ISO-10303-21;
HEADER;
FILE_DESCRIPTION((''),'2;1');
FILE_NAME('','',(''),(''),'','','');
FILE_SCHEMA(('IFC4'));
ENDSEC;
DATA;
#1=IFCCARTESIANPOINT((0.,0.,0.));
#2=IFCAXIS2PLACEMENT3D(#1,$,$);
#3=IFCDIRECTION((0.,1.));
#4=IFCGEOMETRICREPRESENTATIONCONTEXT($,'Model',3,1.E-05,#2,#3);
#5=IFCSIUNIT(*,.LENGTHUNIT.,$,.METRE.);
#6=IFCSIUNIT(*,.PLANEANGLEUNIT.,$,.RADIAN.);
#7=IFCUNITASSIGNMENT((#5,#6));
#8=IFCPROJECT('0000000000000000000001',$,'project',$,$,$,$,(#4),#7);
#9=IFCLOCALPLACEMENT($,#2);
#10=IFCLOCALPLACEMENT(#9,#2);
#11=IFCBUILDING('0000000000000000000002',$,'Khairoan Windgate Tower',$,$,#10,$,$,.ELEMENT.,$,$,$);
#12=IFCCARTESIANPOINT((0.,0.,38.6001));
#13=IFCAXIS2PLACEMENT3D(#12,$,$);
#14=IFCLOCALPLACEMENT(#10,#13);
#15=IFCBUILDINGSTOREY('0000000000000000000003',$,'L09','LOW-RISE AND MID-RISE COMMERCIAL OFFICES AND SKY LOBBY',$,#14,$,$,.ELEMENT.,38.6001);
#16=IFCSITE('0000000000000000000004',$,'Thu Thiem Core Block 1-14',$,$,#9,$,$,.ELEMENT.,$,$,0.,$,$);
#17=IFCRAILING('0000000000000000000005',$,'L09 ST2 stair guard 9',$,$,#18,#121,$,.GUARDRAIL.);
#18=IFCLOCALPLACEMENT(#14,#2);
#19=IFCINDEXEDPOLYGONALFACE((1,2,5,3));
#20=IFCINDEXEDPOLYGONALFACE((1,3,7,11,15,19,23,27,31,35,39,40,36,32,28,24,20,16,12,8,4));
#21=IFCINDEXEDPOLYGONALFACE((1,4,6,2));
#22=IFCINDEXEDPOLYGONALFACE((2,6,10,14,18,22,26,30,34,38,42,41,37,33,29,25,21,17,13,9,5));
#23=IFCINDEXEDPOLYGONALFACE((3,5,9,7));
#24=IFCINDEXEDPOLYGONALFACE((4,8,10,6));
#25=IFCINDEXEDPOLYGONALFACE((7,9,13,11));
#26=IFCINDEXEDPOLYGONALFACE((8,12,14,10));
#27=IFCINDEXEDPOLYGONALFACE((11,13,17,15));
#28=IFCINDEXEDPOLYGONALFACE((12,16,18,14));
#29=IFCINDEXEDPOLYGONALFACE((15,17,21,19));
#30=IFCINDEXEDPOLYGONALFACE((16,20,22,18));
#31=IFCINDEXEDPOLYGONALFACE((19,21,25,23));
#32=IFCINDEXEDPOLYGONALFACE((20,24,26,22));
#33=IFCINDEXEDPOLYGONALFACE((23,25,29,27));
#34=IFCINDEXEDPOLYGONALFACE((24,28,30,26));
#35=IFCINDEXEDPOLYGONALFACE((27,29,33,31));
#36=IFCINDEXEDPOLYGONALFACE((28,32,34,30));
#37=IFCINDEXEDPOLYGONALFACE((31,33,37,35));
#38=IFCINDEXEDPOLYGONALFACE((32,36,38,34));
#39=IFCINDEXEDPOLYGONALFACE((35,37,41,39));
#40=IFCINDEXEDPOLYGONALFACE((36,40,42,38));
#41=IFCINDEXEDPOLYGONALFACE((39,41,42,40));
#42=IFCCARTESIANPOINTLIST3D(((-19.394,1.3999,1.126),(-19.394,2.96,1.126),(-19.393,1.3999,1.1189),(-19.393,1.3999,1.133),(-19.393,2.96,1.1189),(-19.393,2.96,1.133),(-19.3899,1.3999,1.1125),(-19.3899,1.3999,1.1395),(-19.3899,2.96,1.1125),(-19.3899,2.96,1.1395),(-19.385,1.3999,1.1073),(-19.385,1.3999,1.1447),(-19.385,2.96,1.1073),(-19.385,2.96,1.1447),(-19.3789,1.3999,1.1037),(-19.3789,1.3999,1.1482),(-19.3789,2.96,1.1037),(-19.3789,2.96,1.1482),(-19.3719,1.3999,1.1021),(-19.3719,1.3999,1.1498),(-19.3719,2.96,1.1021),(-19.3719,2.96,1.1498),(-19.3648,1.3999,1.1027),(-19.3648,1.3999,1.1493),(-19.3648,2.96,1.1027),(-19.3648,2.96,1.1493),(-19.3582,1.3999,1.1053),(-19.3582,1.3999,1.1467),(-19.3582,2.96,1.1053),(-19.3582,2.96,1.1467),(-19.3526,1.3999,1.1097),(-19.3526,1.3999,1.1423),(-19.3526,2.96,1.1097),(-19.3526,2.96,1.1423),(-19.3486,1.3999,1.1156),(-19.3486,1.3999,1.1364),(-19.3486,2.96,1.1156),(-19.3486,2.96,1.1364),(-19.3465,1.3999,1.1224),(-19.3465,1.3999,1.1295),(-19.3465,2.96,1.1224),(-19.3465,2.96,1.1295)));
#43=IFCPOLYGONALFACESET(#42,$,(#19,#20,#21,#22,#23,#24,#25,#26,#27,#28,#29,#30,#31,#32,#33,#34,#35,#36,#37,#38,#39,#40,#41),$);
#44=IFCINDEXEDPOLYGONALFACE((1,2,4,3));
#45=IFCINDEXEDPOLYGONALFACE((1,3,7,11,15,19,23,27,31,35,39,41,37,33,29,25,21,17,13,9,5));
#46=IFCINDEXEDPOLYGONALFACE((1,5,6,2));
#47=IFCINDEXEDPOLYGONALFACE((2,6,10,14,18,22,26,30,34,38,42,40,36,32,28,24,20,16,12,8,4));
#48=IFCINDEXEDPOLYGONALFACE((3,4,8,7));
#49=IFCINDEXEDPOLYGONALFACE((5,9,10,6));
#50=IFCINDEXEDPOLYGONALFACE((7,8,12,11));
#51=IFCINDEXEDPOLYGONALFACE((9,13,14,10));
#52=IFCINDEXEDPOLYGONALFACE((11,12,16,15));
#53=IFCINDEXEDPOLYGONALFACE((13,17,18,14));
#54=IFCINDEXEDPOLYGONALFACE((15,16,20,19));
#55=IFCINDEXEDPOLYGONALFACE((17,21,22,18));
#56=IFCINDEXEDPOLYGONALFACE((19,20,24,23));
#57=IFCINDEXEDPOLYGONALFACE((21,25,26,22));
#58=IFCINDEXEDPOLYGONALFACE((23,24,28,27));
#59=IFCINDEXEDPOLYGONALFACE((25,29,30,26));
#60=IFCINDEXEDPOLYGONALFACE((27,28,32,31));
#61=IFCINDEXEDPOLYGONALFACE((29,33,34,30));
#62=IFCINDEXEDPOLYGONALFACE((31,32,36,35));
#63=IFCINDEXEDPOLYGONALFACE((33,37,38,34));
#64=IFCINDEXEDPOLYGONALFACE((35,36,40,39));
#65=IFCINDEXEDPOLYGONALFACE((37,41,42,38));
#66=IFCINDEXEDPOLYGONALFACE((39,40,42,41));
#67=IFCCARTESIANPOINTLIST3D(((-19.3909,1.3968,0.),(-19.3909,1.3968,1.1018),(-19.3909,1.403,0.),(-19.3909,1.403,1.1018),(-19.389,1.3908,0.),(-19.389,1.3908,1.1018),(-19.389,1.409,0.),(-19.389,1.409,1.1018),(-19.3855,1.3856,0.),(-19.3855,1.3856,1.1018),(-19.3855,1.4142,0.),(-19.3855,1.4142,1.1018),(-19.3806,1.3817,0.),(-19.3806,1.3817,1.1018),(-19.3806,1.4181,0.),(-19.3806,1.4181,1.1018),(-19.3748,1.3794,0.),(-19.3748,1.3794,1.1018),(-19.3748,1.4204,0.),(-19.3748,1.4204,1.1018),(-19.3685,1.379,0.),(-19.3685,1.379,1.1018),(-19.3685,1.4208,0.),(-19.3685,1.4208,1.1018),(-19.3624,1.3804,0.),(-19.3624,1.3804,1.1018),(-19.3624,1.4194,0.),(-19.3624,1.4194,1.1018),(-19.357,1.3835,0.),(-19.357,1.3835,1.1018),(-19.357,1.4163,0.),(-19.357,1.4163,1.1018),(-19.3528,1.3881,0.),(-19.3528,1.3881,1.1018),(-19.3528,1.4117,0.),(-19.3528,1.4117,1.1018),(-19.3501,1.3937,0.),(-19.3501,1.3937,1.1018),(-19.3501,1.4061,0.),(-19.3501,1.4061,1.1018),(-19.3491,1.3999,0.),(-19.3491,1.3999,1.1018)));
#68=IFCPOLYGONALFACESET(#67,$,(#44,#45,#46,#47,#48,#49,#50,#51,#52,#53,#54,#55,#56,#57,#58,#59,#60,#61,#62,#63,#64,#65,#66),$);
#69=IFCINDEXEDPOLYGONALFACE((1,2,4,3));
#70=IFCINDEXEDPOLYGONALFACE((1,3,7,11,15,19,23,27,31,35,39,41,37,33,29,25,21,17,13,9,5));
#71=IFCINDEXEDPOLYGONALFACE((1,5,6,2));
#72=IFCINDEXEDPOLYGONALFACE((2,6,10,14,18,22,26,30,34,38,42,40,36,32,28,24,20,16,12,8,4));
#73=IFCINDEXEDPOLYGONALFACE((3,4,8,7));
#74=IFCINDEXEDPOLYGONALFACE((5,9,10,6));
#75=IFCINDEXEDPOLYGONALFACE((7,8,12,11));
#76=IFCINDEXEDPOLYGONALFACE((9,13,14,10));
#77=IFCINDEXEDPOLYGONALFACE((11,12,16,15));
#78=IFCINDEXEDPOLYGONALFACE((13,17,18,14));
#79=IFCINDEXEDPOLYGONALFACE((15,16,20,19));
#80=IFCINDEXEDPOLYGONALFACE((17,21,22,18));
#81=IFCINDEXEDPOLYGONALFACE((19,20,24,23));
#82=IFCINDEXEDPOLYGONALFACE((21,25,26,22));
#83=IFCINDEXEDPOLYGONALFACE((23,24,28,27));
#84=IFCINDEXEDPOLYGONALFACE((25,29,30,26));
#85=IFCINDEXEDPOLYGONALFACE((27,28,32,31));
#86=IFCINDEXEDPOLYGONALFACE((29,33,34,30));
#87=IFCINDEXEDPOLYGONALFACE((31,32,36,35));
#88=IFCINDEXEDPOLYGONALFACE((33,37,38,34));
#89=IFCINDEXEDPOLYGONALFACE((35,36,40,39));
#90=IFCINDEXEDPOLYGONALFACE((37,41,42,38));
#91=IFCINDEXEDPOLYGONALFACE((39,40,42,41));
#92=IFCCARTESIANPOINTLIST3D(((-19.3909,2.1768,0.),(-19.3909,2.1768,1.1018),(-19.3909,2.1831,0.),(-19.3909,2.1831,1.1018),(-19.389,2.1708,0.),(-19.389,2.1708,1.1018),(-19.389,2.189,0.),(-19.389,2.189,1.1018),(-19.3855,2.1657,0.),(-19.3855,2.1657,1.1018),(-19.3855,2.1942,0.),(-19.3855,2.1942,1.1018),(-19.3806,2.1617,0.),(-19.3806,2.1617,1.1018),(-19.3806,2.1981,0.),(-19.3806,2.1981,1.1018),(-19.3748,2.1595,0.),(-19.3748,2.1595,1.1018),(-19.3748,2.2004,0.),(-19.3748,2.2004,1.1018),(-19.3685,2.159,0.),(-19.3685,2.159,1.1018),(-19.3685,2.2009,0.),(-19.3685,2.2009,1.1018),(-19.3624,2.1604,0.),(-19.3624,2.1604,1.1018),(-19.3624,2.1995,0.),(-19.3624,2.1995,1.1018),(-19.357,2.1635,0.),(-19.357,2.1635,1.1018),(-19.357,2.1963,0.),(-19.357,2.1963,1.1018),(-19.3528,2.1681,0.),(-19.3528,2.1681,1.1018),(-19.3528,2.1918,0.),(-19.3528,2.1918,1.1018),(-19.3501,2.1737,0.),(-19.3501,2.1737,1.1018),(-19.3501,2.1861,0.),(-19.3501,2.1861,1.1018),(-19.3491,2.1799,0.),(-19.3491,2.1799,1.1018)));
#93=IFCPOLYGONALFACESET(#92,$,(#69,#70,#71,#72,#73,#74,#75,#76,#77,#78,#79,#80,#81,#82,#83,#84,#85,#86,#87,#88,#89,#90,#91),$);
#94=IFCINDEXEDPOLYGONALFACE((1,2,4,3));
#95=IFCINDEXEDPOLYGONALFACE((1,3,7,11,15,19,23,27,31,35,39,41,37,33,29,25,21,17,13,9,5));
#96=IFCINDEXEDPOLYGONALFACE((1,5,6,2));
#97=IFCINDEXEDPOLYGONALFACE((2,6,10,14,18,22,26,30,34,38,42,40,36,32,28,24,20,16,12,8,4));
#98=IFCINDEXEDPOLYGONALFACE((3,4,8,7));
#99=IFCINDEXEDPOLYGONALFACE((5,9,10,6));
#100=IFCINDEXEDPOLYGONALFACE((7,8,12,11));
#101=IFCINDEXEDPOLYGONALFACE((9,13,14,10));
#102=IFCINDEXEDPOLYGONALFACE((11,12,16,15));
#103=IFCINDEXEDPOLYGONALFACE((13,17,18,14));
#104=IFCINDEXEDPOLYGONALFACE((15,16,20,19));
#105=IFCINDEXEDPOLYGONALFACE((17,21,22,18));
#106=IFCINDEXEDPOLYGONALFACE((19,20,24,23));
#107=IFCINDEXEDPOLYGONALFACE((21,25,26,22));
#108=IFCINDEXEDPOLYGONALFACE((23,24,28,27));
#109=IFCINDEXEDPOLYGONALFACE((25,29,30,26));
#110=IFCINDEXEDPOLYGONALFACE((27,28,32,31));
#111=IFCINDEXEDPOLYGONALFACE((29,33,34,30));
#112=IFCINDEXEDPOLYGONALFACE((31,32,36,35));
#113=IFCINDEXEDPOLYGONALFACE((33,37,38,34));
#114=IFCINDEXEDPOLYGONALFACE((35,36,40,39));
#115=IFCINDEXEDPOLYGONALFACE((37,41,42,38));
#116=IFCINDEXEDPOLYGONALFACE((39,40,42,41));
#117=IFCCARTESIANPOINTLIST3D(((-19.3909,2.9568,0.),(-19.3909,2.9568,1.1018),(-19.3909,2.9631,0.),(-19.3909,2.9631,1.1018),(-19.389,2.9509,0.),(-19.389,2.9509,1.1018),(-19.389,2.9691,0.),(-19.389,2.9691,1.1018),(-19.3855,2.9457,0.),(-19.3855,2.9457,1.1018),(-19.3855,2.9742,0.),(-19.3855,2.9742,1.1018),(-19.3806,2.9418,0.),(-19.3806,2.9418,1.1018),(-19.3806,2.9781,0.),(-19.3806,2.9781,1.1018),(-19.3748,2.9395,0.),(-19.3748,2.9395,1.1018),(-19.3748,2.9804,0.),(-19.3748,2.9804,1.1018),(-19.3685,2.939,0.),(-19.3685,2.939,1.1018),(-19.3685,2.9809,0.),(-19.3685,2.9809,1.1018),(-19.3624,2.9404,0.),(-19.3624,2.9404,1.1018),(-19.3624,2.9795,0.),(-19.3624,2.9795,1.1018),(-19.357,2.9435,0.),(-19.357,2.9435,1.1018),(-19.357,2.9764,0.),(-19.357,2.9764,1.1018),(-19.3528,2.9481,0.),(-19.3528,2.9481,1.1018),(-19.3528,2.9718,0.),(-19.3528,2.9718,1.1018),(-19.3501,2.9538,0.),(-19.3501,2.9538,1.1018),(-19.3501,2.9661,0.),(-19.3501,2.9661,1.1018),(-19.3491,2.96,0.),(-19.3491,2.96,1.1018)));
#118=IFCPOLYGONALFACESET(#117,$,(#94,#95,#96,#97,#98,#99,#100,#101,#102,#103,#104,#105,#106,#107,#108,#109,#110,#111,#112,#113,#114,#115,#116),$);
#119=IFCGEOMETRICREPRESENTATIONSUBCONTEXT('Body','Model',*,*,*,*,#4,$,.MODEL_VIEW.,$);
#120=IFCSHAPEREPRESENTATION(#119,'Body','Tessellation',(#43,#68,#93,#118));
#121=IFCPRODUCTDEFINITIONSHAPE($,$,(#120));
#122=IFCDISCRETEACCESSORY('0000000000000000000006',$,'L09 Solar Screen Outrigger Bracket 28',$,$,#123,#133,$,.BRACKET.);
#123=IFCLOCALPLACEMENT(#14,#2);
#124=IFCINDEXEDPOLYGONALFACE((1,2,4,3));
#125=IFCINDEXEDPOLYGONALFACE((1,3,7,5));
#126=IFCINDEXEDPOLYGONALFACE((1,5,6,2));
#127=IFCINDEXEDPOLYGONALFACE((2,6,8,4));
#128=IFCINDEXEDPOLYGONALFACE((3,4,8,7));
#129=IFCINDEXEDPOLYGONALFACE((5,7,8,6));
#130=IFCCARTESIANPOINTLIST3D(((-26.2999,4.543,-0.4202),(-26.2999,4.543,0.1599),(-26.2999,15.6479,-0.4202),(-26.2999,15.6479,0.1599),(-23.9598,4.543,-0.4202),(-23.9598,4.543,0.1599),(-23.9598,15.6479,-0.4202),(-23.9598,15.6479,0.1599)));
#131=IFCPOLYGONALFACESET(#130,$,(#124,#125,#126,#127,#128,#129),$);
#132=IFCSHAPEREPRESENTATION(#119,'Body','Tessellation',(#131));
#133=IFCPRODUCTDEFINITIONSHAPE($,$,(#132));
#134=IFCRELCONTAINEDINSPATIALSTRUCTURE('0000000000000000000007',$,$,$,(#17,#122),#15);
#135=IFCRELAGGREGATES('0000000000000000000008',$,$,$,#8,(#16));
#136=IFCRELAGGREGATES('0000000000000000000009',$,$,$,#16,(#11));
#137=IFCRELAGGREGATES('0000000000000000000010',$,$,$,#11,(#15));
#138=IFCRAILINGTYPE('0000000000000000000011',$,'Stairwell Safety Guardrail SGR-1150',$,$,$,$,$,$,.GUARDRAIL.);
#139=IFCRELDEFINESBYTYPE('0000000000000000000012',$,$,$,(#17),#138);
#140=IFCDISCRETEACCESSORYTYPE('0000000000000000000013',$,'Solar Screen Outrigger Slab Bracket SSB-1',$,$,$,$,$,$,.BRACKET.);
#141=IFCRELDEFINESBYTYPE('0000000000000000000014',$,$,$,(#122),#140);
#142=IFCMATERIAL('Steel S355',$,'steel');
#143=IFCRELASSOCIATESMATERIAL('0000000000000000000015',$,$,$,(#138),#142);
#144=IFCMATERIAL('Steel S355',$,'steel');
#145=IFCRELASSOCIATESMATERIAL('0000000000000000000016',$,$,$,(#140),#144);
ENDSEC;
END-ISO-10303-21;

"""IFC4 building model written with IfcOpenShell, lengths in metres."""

from ifc_helpers import new_model, si_unit, direction, frame, origin, origin_2d, place, context, subcontext, project, spatial, rectangle, circle, extrude, material, type_object, element, save


model = new_model("IFC4")

# Units and contexts
model_context = context("Model", 3, precision=1e-05, world=origin(), true_north=direction((0.0, 1.0)))
body_context = subcontext(model_context, "Body", "Model", "MODEL_VIEW")
ifc_project = project(units=[si_unit("LENGTHUNIT", "METRE"), si_unit("PLANEANGLEUNIT", "RADIAN")], contexts=[model_context])

# Site, building, storey
site_placement = place(None, origin())
site = spatial("IfcSite", under=ifc_project, at=site_placement, Name="Thu Thiem Core Block 1-14", CompositionType="ELEMENT", RefElevation=0.0)
building_placement = place(site_placement, origin())
building = spatial("IfcBuilding", under=site, at=building_placement, Name="Khairoan Windgate Tower", CompositionType="ELEMENT")
storey_placement = place(building_placement, frame((0.0, 0.0, 38.6001)))
storey = spatial("IfcBuildingStorey", under=building, at=storey_placement, Name="L09", Description="LOW-RISE AND MID-RISE COMMERCIAL OFFICES AND SKY LOBBY", CompositionType="ELEMENT", Elevation=38.6001)

# Railing
ifc_material_1 = material(Name="Steel S355", Category="steel")
railing_type_1 = type_object("IfcRailingType", Name="Stairwell Safety Guardrail SGR-1150", PredefinedType="GUARDRAIL", material=ifc_material_1)
for number, where, name in (
    (1, (-19.3701, 1.3999, 0.0), "L09 ST2 stair guard 9"),
):
    element("IfcRailing", number, at=place(storey_placement, frame(where)), inside=storey, type_object=railing_type_1, Name=name, PredefinedType="GUARDRAIL", context=body_context, shape_type="SweptSolid", body=[
        extrude(circle(Radius=0.0239, at=origin_2d()), frame((0.0, 0.0, 1.126), z_axis=(0.0, 1.0, 0.0), x_axis=(-1.0, 0.0, 0.0)), (0.0, 0.0, 1.0), 1.5601),
        extrude(circle(Radius=0.021, at=origin_2d()), origin(), (0.0, 0.0, 1.0), 1.1018),
        extrude(circle(Radius=0.021, at=origin_2d()), frame((0.0, 0.78, 0.0)), (0.0, 0.0, 1.0), 1.1018),
        extrude(circle(Radius=0.021, at=origin_2d()), frame((0.0, 1.5601, 0.0)), (0.0, 0.0, 1.0), 1.1018),
    ])

# Discrete accessory
ifc_material_2 = material(Name="Steel S355", Category="steel")
discrete_accessory_type = type_object("IfcDiscreteAccessoryType", Name="Solar Screen Outrigger Slab Bracket SSB-1", PredefinedType="BRACKET", material=ifc_material_2)
discrete_accessory_placement = place(storey_placement, frame((-25.1299, 10.0955, -0.4202), z_axis=(0.0, 0.0, 1.0), x_axis=(0.0, 1.0, 0.0)))
element("IfcDiscreteAccessory", 2, at=discrete_accessory_placement, inside=storey, type_object=discrete_accessory_type, Name="L09 Solar Screen Outrigger Bracket 28", PredefinedType="BRACKET", context=body_context, shape_type="SweptSolid", body=[
    extrude(rectangle(XDim=11.105, YDim=2.3401, at=origin_2d()), origin(), (0.0, 0.0, 1.0), 0.5801),
])

save(model, "model.ifc")
